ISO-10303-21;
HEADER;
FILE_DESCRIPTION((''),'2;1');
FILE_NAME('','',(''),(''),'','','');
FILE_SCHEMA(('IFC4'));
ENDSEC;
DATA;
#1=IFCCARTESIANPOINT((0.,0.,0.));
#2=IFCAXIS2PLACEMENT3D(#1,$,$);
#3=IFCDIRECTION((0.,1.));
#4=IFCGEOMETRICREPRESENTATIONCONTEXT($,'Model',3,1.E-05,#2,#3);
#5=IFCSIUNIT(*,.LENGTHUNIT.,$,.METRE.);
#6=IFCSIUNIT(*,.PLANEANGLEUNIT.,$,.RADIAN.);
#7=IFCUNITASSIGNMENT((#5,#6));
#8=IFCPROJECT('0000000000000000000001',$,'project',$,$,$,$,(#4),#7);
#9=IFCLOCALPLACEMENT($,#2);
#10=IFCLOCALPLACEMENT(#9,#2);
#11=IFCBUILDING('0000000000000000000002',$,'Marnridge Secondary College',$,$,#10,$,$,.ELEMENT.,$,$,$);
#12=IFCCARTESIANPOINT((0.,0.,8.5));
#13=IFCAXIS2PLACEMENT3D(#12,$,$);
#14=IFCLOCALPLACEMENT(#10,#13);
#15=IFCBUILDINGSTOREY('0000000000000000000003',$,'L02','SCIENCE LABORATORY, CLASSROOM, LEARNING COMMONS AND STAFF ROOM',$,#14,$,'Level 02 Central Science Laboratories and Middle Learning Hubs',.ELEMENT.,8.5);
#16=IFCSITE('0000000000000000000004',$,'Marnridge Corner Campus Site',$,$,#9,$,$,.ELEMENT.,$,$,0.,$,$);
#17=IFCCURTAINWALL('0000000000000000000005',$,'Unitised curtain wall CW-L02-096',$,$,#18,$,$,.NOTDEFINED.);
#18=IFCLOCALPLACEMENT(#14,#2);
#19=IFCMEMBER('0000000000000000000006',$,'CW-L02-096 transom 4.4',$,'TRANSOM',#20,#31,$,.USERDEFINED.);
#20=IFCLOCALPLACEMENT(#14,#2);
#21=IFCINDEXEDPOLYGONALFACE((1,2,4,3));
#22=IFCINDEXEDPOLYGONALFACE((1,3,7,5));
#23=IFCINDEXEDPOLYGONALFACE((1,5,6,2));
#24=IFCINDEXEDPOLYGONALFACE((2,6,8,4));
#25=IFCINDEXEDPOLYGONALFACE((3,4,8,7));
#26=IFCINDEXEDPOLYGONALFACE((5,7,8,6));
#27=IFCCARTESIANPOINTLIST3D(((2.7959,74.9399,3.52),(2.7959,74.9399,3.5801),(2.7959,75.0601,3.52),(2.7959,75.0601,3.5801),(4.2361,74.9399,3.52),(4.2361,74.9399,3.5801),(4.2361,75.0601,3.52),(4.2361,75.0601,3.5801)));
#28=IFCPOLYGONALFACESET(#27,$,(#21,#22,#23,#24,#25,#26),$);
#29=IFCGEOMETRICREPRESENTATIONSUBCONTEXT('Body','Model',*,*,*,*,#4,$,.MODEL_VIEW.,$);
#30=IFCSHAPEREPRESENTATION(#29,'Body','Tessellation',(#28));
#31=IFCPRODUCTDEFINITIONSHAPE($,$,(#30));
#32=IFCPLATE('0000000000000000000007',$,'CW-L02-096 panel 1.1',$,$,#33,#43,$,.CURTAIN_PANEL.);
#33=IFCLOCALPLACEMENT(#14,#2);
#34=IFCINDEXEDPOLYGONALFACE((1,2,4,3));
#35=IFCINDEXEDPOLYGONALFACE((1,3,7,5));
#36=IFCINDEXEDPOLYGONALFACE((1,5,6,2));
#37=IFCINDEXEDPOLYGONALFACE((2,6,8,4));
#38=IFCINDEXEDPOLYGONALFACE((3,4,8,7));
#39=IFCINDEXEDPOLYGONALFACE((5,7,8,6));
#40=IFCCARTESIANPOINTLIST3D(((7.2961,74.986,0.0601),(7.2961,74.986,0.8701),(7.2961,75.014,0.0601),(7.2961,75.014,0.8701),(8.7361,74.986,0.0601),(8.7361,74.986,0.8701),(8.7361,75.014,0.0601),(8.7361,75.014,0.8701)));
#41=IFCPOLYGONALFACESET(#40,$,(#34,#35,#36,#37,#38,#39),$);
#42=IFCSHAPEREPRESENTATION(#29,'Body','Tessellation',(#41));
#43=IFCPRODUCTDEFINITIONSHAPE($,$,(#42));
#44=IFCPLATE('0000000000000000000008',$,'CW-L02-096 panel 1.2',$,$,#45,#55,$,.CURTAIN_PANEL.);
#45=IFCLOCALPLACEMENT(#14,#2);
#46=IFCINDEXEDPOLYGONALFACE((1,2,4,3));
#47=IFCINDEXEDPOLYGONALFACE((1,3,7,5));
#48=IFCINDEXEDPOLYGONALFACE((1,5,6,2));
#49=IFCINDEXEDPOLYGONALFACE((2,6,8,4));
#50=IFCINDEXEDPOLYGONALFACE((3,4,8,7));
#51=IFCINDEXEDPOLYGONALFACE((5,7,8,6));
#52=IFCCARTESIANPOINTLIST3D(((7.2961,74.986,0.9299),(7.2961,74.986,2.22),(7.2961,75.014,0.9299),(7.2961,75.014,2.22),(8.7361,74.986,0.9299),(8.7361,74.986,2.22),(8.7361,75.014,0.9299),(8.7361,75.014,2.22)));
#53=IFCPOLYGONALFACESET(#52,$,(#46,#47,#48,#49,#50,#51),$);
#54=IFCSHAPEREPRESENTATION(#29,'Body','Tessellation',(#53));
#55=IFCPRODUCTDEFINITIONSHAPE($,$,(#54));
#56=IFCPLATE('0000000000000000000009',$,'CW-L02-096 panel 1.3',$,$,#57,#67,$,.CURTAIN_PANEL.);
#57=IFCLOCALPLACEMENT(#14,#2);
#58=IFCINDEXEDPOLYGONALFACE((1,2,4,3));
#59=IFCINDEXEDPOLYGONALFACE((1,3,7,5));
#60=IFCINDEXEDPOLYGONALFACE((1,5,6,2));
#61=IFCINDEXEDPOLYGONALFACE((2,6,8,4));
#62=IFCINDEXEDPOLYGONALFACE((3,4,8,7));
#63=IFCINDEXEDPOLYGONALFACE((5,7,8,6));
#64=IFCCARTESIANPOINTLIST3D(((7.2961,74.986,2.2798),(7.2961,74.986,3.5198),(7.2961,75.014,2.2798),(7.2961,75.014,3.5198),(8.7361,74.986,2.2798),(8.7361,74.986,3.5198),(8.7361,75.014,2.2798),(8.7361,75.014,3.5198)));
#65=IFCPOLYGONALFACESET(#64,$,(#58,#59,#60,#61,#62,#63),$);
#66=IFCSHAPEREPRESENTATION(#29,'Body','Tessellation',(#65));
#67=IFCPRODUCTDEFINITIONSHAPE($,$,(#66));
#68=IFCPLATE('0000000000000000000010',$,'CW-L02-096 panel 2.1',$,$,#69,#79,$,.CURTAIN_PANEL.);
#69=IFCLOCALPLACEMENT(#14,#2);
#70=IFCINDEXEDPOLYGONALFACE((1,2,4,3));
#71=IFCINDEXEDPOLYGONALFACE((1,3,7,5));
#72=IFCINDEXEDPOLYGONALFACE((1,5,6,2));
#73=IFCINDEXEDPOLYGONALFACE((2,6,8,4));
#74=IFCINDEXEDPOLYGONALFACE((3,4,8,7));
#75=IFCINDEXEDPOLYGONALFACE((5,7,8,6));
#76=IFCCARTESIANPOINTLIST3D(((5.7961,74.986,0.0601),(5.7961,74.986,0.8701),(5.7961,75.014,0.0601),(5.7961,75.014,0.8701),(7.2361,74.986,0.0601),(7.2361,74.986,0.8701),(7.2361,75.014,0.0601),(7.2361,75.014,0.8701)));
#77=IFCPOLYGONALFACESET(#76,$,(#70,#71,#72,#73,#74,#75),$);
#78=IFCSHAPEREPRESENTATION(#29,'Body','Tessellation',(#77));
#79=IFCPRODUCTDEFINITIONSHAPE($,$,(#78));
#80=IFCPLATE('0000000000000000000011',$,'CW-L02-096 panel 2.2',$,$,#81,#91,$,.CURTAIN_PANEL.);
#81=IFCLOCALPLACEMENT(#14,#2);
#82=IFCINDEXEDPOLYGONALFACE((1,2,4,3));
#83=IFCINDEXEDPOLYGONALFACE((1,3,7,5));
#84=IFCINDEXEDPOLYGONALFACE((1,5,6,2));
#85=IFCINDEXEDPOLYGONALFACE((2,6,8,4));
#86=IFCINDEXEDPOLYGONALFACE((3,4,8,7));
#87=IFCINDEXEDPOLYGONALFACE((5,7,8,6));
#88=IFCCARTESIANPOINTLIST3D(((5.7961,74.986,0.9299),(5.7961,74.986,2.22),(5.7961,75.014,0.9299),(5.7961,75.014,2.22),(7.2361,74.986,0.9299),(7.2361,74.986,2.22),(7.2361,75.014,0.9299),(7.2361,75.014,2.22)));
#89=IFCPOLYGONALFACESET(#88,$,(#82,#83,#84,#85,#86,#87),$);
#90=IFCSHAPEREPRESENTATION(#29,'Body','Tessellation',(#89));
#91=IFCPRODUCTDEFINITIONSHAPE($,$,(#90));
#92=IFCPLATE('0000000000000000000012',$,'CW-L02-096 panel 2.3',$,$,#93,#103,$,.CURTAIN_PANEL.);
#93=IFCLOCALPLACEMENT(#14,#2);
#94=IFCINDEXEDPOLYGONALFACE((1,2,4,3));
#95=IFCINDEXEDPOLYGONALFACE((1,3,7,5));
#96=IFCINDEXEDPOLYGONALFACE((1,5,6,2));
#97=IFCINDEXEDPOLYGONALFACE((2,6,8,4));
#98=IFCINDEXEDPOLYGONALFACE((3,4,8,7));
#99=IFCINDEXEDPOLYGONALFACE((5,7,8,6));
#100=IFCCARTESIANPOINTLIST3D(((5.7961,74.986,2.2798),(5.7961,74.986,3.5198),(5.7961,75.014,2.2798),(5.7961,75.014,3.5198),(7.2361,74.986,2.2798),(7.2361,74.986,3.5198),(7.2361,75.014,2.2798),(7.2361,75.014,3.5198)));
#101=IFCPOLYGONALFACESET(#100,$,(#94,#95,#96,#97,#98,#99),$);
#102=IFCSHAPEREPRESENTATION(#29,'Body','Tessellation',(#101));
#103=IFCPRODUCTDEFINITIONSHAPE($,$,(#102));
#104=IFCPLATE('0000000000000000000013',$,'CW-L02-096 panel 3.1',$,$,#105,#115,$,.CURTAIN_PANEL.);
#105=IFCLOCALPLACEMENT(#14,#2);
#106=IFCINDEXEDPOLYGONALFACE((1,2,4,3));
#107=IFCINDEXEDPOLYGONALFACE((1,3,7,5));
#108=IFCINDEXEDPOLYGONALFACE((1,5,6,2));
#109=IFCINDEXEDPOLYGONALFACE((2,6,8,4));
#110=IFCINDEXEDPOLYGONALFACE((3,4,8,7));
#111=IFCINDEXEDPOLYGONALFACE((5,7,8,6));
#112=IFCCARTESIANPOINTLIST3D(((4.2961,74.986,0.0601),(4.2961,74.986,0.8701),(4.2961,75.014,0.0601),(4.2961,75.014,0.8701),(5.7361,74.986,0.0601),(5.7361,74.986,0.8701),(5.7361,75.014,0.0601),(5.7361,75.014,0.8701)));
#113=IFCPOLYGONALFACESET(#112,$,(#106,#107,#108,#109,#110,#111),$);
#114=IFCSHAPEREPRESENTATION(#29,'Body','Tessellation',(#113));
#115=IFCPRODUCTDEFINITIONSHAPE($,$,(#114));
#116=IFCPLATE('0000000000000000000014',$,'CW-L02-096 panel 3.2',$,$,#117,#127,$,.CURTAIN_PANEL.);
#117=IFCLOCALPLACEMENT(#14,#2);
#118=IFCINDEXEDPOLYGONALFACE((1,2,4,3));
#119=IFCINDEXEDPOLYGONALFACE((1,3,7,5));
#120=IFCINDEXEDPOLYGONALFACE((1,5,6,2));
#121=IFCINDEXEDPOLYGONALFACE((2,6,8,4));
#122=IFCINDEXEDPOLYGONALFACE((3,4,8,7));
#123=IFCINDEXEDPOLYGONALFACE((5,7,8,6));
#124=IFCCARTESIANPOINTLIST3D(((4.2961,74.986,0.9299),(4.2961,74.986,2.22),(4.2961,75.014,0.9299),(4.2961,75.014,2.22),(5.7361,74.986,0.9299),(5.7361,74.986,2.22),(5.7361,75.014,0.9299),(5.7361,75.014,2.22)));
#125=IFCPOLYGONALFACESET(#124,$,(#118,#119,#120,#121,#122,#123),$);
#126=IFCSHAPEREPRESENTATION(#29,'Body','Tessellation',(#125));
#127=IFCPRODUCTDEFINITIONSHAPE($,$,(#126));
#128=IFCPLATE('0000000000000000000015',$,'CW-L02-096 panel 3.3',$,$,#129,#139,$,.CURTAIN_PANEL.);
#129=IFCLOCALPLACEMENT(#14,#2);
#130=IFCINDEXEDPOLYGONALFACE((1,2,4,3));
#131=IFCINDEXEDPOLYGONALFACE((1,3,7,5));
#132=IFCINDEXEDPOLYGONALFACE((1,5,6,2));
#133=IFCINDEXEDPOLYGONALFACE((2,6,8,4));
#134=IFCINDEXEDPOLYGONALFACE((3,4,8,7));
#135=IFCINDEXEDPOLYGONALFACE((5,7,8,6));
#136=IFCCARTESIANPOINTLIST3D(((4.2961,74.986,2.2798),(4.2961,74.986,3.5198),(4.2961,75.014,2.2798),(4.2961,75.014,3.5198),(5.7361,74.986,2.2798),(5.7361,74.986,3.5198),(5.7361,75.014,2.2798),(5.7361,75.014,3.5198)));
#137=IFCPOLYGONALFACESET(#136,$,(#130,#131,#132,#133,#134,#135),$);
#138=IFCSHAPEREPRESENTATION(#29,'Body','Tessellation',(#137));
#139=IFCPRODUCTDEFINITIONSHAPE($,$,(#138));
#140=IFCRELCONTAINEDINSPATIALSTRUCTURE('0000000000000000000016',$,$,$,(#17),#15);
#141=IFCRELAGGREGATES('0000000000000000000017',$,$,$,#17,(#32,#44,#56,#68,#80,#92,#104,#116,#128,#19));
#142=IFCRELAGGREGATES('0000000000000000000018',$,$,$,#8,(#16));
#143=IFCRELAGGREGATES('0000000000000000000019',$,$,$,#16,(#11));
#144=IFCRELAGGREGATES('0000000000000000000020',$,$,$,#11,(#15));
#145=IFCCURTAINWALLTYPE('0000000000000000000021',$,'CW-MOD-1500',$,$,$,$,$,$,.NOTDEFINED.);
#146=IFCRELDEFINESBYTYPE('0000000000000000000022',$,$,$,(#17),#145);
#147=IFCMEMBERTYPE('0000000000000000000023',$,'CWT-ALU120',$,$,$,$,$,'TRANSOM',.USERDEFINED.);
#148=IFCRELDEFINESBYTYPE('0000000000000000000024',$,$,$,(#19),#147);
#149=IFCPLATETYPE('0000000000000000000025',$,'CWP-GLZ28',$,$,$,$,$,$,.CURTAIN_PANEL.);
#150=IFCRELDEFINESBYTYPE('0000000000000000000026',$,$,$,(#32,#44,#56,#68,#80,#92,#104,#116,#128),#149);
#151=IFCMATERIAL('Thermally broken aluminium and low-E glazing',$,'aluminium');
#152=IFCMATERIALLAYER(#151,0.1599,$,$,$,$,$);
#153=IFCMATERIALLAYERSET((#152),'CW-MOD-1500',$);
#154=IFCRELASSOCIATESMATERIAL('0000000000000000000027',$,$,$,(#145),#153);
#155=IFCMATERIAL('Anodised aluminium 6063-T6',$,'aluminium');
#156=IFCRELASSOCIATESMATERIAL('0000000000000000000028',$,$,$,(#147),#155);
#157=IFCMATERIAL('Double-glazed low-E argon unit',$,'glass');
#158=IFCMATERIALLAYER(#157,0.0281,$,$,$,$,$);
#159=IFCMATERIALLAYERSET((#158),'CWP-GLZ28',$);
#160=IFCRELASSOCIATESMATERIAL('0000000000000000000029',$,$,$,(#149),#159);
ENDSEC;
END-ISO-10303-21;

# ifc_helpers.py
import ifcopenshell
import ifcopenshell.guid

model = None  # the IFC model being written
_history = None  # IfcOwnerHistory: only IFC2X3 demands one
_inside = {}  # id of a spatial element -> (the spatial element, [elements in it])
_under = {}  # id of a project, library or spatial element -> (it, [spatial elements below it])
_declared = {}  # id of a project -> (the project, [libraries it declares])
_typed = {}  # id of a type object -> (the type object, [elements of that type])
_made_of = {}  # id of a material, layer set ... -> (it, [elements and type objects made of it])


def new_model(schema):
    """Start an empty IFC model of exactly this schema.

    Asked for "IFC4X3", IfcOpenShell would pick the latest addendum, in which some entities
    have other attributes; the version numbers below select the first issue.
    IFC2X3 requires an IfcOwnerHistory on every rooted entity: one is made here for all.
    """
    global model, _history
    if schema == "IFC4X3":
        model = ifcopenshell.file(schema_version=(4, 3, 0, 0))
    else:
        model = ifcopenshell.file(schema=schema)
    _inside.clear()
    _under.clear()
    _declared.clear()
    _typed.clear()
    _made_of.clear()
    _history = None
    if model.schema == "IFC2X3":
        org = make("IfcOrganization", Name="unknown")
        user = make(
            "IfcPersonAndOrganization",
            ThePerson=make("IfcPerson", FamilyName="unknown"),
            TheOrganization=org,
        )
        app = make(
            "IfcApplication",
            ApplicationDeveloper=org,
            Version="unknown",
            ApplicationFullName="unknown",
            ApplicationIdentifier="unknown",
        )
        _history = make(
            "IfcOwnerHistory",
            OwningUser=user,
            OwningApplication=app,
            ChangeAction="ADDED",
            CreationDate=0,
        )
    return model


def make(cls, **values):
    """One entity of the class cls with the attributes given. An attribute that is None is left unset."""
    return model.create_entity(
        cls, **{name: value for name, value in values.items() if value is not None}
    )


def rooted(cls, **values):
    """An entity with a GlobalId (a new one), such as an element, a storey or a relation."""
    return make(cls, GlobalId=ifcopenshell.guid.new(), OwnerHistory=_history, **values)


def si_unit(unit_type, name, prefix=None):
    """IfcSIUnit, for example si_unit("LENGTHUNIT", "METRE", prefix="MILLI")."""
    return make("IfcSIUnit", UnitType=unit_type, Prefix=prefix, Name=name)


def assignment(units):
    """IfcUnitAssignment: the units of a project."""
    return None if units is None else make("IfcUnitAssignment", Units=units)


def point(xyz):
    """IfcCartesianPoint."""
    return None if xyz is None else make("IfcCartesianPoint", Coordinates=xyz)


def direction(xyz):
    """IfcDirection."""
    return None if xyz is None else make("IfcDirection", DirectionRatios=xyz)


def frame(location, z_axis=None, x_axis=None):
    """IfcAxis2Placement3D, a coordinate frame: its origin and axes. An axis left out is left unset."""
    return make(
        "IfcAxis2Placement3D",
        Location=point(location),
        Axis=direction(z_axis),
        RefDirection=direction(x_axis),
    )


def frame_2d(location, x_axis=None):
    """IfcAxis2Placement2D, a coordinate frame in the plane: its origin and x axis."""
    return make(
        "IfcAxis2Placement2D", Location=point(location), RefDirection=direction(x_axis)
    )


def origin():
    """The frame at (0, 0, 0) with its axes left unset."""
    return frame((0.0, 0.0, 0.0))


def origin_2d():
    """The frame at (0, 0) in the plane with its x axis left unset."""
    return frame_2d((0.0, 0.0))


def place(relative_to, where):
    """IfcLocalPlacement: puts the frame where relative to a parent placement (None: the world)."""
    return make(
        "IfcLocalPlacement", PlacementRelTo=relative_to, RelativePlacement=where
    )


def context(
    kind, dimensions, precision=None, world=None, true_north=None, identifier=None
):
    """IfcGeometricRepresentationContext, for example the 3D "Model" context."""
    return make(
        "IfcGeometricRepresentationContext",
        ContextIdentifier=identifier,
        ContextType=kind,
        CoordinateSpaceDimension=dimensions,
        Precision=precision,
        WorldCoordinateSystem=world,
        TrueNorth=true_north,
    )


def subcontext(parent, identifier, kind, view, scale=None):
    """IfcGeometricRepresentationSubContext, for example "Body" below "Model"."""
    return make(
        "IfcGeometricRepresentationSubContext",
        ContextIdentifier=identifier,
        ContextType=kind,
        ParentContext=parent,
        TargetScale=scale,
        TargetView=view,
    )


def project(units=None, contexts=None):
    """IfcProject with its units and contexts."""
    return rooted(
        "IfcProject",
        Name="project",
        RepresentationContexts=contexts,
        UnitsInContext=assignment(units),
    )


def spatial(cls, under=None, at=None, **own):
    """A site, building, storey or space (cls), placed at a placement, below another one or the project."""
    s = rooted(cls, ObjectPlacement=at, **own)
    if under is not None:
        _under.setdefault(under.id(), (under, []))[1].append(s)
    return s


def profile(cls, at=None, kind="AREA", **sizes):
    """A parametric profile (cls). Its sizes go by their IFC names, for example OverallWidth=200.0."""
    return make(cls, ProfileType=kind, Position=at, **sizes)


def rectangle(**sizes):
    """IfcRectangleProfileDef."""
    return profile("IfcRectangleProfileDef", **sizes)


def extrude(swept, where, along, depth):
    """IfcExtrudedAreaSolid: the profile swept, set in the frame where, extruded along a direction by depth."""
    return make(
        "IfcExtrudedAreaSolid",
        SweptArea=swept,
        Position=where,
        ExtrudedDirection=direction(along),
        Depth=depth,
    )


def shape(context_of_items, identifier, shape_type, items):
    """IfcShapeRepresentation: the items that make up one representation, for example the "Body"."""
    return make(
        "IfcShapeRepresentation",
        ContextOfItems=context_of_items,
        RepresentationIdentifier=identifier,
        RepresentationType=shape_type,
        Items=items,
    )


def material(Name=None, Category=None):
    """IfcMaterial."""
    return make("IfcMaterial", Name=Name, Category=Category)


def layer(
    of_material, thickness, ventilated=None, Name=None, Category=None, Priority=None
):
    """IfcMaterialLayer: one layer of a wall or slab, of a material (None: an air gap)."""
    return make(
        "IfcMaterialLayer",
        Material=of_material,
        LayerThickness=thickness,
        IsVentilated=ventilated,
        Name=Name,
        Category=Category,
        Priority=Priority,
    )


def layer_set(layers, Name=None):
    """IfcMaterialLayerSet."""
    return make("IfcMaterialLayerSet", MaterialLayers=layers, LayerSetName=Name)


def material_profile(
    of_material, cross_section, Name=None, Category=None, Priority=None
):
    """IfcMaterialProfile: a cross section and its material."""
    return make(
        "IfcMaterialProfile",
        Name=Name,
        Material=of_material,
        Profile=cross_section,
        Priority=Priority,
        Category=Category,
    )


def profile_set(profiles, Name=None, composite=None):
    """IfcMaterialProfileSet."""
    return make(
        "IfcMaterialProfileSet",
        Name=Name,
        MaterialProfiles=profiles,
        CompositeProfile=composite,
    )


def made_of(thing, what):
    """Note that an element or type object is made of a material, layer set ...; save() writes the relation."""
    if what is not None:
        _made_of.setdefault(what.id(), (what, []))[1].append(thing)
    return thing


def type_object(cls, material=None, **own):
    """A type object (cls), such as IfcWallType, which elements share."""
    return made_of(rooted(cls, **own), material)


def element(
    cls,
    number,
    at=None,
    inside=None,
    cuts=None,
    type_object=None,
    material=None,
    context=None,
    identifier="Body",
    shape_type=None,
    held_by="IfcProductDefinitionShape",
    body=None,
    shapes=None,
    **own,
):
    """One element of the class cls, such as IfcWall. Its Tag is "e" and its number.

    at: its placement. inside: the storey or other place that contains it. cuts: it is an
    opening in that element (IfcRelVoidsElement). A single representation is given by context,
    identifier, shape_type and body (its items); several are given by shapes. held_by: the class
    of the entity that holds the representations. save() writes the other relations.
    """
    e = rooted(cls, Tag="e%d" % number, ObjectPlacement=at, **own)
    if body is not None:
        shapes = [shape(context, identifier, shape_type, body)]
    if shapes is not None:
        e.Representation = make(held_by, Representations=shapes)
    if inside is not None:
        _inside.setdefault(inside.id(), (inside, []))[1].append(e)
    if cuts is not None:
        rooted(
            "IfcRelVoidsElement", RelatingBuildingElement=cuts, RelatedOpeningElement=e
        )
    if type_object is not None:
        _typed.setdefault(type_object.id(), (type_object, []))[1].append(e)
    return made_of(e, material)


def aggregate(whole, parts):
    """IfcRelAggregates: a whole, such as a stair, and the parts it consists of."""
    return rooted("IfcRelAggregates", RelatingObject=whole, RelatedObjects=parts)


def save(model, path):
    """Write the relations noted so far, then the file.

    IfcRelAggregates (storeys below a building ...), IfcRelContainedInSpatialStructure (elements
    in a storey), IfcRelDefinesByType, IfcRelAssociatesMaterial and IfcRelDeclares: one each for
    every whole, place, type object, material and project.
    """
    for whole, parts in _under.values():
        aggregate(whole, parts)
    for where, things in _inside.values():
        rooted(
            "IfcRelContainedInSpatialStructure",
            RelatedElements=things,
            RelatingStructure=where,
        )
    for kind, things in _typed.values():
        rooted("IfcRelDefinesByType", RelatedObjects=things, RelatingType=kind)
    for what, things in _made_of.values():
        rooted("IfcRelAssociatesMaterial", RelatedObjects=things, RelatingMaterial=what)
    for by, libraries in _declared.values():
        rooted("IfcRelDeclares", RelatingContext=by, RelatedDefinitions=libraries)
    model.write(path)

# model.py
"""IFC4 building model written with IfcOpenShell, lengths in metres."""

from ifc_helpers import new_model, si_unit, direction, frame, origin, origin_2d, place, context, subcontext, project, spatial, rectangle, extrude, material, layer, layer_set, material_profile, profile_set, type_object, element, aggregate, save


model = new_model("IFC4")

# Units and contexts
model_context = context("Model", 3, precision=1e-05, world=origin(), true_north=direction((0.0, 1.0)))
body_context = subcontext(model_context, "Body", "Model", "MODEL_VIEW")
ifc_project = project(units=[si_unit("LENGTHUNIT", "METRE"), si_unit("PLANEANGLEUNIT", "RADIAN")], contexts=[model_context])

# Site, building, storey
site_placement = place(None, origin())
site = spatial("IfcSite", under=ifc_project, at=site_placement, Name="Marnridge Corner Campus Site", CompositionType="ELEMENT", RefElevation=0.0)
building_placement = place(site_placement, origin())
building = spatial("IfcBuilding", under=site, at=building_placement, Name="Marnridge Secondary College", CompositionType="ELEMENT")
storey_placement = place(building_placement, frame((0.0, 0.0, 8.5)))
storey = spatial("IfcBuildingStorey", under=building, at=storey_placement, Name="L02", Description="SCIENCE LABORATORY, CLASSROOM, LEARNING COMMONS AND STAFF ROOM", LongName="Level 02 Central Science Laboratories and Middle Learning Hubs", CompositionType="ELEMENT", Elevation=8.5)

# Curtain wall, member, plates
ifc_material_1 = material(Name="Thermally broken aluminium and low-E glazing", Category="aluminium")
ifc_layer_1 = layer(ifc_material_1, 0.1599)
ifc_layer_set_1 = layer_set([ifc_layer_1], Name="CW-MOD-1500")
curtain_wall_type = type_object("IfcCurtainWallType", Name="CW-MOD-1500", PredefinedType="NOTDEFINED", material=ifc_layer_set_1)
curtain_wall_placement = place(storey_placement, origin())
curtain_wall = element("IfcCurtainWall", 1, at=curtain_wall_placement, inside=storey, type_object=curtain_wall_type, Name="Unitised curtain wall CW-L02-096", PredefinedType="NOTDEFINED")
ifc_material_2 = material(Name="Anodised aluminium 6063-T6", Category="aluminium")
ifc_material_profile_1 = material_profile(ifc_material_2, rectangle(XDim=0.0601, YDim=0.1201, at=origin_2d()), Name="ALU 60x120")
ifc_profile_set_1 = profile_set([ifc_material_profile_1], Name="Anodised aluminium 6063-T6")
member_type_1 = type_object("IfcMemberType", Name="CWT-ALU120", ElementType="TRANSOM", PredefinedType="USERDEFINED", material=ifc_profile_set_1)
member_1_placement = place(storey_placement, frame((4.2361, 75.0, 3.55), z_axis=(-1.0, 0.0, 0.0), x_axis=(0.0, 0.0, 1.0)))
member_1 = element("IfcMember", 2, at=member_1_placement, type_object=member_type_1, Name="CW-L02-096 transom 4.4", ObjectType="TRANSOM", PredefinedType="USERDEFINED", context=body_context, shape_type="SweptSolid", body=[
    extrude(rectangle(XDim=0.0601, YDim=0.1201, at=origin_2d()), origin(), (0.0, 0.0, 1.0), 1.4402),
])
ifc_material_3 = material(Name="Double-glazed low-E argon unit", Category="glass")
ifc_layer_2 = layer(ifc_material_3, 0.0281)
ifc_layer_set_2 = layer_set([ifc_layer_2], Name="CWP-GLZ28")
plate_type = type_object("IfcPlateType", Name="CWP-GLZ28", PredefinedType="CURTAIN_PANEL", material=ifc_layer_set_2)
plate_1_placement = place(storey_placement, frame((8.0161, 75.0, 0.0601), z_axis=(0.0, 0.0, 1.0), x_axis=(-1.0, 0.0, 0.0)))
plate_1 = element("IfcPlate", 3, at=plate_1_placement, type_object=plate_type, Name="CW-L02-096 panel 1.1", PredefinedType="CURTAIN_PANEL", context=body_context, shape_type="SweptSolid", body=[
    extrude(rectangle(XDim=1.4399, YDim=0.0281, at=origin_2d()), origin(), (0.0, 0.0, 1.0), 0.8101),
])
plate_2_placement = place(storey_placement, frame((8.0161, 75.0, 0.9299), z_axis=(0.0, 0.0, 1.0), x_axis=(-1.0, 0.0, 0.0)))
plate_2 = element("IfcPlate", 4, at=plate_2_placement, type_object=plate_type, Name="CW-L02-096 panel 1.2", PredefinedType="CURTAIN_PANEL", context=body_context, shape_type="SweptSolid", body=[
    extrude(rectangle(XDim=1.4399, YDim=0.0281, at=origin_2d()), origin(), (0.0, 0.0, 1.0), 1.29),
])
plate_3_placement = place(storey_placement, frame((8.0161, 75.0, 2.2798), z_axis=(0.0, 0.0, 1.0), x_axis=(-1.0, 0.0, 0.0)))
plate_3 = element("IfcPlate", 5, at=plate_3_placement, type_object=plate_type, Name="CW-L02-096 panel 1.3", PredefinedType="CURTAIN_PANEL", context=body_context, shape_type="SweptSolid", body=[
    extrude(rectangle(XDim=1.4399, YDim=0.0281, at=origin_2d()), origin(), (0.0, 0.0, 1.0), 1.24),
])
plate_4_placement = place(storey_placement, frame((6.5161, 75.0, 0.0601), z_axis=(0.0, 0.0, 1.0), x_axis=(-1.0, 0.0, 0.0)))
plate_4 = element("IfcPlate", 6, at=plate_4_placement, type_object=plate_type, Name="CW-L02-096 panel 2.1", PredefinedType="CURTAIN_PANEL", context=body_context, shape_type="SweptSolid", body=[
    extrude(rectangle(XDim=1.4399, YDim=0.0281, at=origin_2d()), origin(), (0.0, 0.0, 1.0), 0.8101),
])
plate_5_placement = place(storey_placement, frame((6.5161, 75.0, 0.9299), z_axis=(0.0, 0.0, 1.0), x_axis=(-1.0, 0.0, 0.0)))
plate_5 = element("IfcPlate", 7, at=plate_5_placement, type_object=plate_type, Name="CW-L02-096 panel 2.2", PredefinedType="CURTAIN_PANEL", context=body_context, shape_type="SweptSolid", body=[
    extrude(rectangle(XDim=1.4399, YDim=0.0281, at=origin_2d()), origin(), (0.0, 0.0, 1.0), 1.29),
])
plate_6_placement = place(storey_placement, frame((6.5161, 75.0, 2.2798), z_axis=(0.0, 0.0, 1.0), x_axis=(-1.0, 0.0, 0.0)))
plate_6 = element("IfcPlate", 8, at=plate_6_placement, type_object=plate_type, Name="CW-L02-096 panel 2.3", PredefinedType="CURTAIN_PANEL", context=body_context, shape_type="SweptSolid", body=[
    extrude(rectangle(XDim=1.4399, YDim=0.0281, at=origin_2d()), origin(), (0.0, 0.0, 1.0), 1.24),
])
plate_7_placement = place(storey_placement, frame((5.0161, 75.0, 0.0601), z_axis=(0.0, 0.0, 1.0), x_axis=(-1.0, 0.0, 0.0)))
plate_7 = element("IfcPlate", 9, at=plate_7_placement, type_object=plate_type, Name="CW-L02-096 panel 3.1", PredefinedType="CURTAIN_PANEL", context=body_context, shape_type="SweptSolid", body=[
    extrude(rectangle(XDim=1.4399, YDim=0.0281, at=origin_2d()), origin(), (0.0, 0.0, 1.0), 0.8101),
])
plate_8_placement = place(storey_placement, frame((5.0161, 75.0, 0.9299), z_axis=(0.0, 0.0, 1.0), x_axis=(-1.0, 0.0, 0.0)))
plate_8 = element("IfcPlate", 10, at=plate_8_placement, type_object=plate_type, Name="CW-L02-096 panel 3.2", PredefinedType="CURTAIN_PANEL", context=body_context, shape_type="SweptSolid", body=[
    extrude(rectangle(XDim=1.4399, YDim=0.0281, at=origin_2d()), origin(), (0.0, 0.0, 1.0), 1.29),
])
plate_9_placement = place(storey_placement, frame((5.0161, 75.0, 2.2798), z_axis=(0.0, 0.0, 1.0), x_axis=(-1.0, 0.0, 0.0)))
plate_9 = element("IfcPlate", 11, at=plate_9_placement, type_object=plate_type, Name="CW-L02-096 panel 3.3", PredefinedType="CURTAIN_PANEL", context=body_context, shape_type="SweptSolid", body=[
    extrude(rectangle(XDim=1.4399, YDim=0.0281, at=origin_2d()), origin(), (0.0, 0.0, 1.0), 1.24),
])
aggregate(curtain_wall, [plate_1, plate_2, plate_3, plate_4, plate_5, plate_6, plate_7, plate_8, plate_9, member_1])

save(model, "model.ifc")
